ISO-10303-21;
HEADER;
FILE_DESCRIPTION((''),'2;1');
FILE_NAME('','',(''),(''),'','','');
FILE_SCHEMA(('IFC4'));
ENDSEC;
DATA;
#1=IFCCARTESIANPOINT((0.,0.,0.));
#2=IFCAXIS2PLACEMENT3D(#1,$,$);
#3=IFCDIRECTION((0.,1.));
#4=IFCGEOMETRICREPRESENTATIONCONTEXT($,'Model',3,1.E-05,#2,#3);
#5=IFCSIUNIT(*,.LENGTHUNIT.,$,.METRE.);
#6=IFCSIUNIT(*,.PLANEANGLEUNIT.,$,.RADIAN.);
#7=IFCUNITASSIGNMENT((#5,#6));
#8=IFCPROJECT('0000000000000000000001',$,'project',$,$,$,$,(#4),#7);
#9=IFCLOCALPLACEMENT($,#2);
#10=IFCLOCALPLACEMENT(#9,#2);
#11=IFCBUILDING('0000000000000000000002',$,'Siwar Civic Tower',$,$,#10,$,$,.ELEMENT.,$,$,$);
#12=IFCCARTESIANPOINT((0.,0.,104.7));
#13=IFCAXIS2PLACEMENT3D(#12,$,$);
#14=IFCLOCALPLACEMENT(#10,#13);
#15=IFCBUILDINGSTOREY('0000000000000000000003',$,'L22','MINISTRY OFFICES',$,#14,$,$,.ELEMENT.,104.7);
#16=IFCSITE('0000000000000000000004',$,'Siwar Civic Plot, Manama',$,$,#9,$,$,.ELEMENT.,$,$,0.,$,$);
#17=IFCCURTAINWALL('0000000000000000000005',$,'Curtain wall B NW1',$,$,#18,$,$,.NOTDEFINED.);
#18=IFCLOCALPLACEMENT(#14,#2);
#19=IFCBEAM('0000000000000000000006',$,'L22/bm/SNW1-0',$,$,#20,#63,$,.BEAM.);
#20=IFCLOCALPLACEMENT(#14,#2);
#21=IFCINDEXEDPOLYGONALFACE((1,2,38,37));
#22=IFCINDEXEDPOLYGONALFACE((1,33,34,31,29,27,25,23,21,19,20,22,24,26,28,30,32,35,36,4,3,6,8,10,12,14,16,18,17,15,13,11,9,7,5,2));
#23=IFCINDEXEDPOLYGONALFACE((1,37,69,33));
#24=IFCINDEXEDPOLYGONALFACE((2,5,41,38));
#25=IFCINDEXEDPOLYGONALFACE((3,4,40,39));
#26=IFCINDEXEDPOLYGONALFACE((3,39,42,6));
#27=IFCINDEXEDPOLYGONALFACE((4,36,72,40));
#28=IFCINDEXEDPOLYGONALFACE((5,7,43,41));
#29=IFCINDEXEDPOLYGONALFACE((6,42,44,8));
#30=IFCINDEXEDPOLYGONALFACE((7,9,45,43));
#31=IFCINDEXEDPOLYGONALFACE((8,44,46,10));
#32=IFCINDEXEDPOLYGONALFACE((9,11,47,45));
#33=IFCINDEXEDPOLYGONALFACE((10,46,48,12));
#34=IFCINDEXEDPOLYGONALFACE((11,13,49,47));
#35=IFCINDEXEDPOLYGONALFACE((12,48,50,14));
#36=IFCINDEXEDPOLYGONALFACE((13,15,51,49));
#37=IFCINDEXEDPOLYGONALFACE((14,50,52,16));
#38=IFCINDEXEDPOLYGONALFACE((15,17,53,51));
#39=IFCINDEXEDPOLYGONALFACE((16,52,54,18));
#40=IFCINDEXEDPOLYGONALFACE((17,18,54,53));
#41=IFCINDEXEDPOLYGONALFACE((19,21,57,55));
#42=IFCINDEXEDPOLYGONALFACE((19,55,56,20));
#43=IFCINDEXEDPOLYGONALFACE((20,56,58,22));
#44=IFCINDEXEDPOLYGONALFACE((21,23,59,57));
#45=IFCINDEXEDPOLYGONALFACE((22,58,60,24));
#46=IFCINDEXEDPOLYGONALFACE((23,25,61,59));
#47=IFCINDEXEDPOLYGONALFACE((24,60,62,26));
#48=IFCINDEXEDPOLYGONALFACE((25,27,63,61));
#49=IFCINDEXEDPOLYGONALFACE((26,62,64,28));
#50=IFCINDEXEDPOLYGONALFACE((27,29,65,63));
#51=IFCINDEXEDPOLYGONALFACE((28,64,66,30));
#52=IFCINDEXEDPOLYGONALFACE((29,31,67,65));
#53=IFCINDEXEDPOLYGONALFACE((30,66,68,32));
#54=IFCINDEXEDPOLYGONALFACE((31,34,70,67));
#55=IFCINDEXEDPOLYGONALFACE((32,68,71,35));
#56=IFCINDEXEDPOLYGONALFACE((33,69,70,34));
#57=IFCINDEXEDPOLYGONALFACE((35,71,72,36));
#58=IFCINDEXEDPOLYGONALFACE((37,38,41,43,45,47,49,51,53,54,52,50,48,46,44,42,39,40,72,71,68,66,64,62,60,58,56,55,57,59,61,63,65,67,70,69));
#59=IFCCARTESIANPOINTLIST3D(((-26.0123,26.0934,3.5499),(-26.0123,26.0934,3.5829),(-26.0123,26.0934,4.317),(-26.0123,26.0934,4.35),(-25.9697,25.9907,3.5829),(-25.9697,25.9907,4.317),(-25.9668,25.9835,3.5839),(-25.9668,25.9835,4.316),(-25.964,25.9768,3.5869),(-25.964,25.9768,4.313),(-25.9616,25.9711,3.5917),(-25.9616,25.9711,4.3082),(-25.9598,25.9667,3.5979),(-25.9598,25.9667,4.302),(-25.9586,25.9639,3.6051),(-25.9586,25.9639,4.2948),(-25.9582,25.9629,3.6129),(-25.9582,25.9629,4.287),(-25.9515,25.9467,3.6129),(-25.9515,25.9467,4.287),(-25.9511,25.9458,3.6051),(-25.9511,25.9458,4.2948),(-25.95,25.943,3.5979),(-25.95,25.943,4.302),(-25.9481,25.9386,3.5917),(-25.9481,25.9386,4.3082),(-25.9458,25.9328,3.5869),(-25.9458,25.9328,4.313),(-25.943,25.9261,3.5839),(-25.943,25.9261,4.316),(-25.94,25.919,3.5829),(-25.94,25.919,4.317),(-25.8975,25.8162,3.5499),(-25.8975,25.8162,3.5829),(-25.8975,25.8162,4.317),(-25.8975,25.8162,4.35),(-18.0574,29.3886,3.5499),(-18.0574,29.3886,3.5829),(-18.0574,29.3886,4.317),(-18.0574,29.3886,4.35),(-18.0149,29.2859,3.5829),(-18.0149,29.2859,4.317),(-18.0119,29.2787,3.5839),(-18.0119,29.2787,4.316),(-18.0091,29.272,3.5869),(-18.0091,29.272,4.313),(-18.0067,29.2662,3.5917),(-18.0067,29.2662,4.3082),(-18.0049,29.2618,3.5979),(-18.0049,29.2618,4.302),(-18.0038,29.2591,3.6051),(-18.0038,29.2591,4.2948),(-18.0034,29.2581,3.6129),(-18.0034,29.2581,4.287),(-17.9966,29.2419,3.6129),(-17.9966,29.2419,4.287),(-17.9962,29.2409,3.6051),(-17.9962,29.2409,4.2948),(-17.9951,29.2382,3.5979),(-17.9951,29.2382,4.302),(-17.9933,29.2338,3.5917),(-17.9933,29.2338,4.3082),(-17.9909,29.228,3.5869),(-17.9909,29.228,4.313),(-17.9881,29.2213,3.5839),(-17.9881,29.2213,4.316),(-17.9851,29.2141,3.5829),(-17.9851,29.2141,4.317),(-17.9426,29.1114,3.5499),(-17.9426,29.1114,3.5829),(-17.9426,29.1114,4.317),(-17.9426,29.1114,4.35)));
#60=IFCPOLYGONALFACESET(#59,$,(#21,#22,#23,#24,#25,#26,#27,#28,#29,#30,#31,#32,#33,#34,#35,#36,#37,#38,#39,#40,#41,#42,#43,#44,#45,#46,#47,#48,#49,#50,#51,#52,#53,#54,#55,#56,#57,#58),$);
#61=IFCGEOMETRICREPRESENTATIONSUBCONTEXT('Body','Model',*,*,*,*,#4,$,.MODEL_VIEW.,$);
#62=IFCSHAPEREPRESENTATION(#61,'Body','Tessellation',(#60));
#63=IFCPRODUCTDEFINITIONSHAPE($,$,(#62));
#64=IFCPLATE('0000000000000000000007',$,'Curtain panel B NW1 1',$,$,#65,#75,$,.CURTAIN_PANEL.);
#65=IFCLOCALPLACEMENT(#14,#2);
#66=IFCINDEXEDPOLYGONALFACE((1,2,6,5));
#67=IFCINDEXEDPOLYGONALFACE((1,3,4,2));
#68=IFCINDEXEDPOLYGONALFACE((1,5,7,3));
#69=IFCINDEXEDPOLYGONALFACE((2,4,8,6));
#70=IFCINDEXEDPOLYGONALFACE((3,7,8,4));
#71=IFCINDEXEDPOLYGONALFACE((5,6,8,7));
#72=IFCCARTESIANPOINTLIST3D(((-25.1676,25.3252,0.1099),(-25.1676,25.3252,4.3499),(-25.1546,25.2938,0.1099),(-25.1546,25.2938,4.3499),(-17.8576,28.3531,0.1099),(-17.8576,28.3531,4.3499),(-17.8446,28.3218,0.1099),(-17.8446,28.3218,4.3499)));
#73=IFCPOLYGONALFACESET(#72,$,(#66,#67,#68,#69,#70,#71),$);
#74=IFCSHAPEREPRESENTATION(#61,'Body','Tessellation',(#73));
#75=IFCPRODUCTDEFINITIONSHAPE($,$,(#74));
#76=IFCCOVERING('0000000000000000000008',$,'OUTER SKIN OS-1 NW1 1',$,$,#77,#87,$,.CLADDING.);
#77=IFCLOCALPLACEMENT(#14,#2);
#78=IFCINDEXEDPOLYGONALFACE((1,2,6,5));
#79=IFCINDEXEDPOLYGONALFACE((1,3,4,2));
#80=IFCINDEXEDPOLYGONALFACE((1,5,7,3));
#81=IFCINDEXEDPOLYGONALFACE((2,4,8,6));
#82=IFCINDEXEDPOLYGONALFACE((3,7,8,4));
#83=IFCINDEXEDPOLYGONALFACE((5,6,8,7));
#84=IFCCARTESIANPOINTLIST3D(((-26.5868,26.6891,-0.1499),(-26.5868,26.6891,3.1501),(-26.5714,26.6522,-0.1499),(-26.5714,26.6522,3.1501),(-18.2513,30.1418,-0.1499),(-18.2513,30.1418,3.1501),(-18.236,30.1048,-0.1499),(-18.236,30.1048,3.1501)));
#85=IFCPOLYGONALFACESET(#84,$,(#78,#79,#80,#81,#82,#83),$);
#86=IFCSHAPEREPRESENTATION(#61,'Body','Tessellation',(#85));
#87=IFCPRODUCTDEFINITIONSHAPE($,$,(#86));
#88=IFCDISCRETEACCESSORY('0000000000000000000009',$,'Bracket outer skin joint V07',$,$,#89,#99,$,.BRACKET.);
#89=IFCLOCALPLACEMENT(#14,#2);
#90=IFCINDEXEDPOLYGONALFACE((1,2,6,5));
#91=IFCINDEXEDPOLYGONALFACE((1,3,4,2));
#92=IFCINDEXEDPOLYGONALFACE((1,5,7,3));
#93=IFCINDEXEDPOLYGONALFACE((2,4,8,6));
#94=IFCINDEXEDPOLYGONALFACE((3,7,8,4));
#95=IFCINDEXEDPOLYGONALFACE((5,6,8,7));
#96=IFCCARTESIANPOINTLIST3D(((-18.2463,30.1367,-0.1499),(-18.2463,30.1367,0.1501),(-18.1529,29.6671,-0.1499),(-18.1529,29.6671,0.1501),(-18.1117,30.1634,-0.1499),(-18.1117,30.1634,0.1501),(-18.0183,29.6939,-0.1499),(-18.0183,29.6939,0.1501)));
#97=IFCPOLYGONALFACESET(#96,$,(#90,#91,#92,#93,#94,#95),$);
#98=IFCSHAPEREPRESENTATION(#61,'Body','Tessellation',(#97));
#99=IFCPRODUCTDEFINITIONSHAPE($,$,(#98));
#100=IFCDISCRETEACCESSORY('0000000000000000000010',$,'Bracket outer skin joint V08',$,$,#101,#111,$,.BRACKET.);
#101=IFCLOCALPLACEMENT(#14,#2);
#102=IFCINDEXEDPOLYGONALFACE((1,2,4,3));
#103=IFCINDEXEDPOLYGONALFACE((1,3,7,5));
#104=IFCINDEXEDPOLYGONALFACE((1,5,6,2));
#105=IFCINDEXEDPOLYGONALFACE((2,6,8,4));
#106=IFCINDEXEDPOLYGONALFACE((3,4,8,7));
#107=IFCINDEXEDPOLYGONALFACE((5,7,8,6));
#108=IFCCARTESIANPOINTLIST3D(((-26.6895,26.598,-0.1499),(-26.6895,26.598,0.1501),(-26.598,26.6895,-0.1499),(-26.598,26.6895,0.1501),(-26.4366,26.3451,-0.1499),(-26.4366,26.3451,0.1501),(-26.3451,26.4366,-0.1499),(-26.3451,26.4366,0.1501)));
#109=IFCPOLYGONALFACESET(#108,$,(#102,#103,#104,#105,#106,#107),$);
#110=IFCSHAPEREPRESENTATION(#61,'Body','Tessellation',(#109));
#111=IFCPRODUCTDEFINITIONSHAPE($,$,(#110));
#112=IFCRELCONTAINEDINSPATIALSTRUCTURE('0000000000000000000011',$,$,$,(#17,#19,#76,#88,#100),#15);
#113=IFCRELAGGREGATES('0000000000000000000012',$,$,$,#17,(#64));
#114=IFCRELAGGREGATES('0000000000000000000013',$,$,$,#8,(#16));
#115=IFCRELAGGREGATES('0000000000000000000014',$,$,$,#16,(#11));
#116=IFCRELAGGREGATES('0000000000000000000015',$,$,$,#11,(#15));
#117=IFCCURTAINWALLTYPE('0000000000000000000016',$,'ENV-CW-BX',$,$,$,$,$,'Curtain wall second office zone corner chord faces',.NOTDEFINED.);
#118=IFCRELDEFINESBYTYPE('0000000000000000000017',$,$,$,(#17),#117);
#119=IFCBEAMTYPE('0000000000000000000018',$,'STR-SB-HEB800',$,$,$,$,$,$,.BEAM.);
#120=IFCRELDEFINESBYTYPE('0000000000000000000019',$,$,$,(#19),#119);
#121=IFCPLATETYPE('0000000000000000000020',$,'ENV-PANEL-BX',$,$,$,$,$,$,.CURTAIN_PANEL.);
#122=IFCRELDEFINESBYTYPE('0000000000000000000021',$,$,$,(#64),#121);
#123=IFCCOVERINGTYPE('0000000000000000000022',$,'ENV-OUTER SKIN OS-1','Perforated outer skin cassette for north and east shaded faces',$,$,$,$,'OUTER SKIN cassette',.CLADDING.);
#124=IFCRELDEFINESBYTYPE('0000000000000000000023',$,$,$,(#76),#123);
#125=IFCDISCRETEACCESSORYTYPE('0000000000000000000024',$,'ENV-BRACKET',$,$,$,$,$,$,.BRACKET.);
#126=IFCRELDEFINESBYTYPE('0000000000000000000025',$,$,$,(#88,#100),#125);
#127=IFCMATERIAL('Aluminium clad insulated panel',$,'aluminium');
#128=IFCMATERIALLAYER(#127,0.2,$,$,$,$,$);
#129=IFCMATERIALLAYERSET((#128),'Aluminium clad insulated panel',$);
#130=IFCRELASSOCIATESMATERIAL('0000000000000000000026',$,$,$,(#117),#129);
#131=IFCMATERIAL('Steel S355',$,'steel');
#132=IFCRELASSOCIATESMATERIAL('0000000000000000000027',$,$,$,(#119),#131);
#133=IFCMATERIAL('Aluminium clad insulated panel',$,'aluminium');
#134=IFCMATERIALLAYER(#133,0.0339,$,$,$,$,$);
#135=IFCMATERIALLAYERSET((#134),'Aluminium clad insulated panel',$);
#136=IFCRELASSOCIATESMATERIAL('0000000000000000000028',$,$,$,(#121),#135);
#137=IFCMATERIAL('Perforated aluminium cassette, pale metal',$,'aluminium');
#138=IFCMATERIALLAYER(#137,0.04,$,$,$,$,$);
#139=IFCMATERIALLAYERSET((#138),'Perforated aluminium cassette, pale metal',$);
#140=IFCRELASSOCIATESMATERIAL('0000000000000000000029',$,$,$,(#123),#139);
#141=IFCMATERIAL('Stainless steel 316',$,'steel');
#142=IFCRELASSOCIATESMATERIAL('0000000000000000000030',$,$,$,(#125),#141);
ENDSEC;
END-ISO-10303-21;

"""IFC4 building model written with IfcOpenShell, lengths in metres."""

from ifc_helpers import new_model, si_unit, direction, frame, origin, origin_2d, place, context, subcontext, project, spatial, rectangle, i_section, extrude, material, layer, layer_set, material_profile, profile_set, type_object, element, aggregate, save


model = new_model("IFC4")

# Units and contexts
model_context = context("Model", 3, precision=1e-05, world=origin(), true_north=direction((0.0, 1.0)))
body_context = subcontext(model_context, "Body", "Model", "MODEL_VIEW")
ifc_project = project(units=[si_unit("LENGTHUNIT", "METRE"), si_unit("PLANEANGLEUNIT", "RADIAN")], contexts=[model_context])

# Site, building, storey
site_placement = place(None, origin())
site = spatial("IfcSite", under=ifc_project, at=site_placement, Name="Siwar Civic Plot, Manama", CompositionType="ELEMENT", RefElevation=0.0)
building_placement = place(site_placement, origin())
building = spatial("IfcBuilding", under=site, at=building_placement, Name="Siwar Civic Tower", CompositionType="ELEMENT")
storey_placement = place(building_placement, frame((0.0, 0.0, 104.7)))
storey = spatial("IfcBuildingStorey", under=building, at=storey_placement, Name="L22", Description="MINISTRY OFFICES", CompositionType="ELEMENT", Elevation=104.7)

# Curtain wall
ifc_material_1 = material(Name="Aluminium clad insulated panel", Category="aluminium")
ifc_layer_1 = layer(ifc_material_1, 0.2)
ifc_layer_set_1 = layer_set([ifc_layer_1], Name="Aluminium clad insulated panel")
curtain_wall_type = type_object("IfcCurtainWallType", Name="ENV-CW-BX", ElementType="Curtain wall second office zone corner chord faces", PredefinedType="NOTDEFINED", material=ifc_layer_set_1)
curtain_wall_placement = place(storey_placement, origin())
curtain_wall = element("IfcCurtainWall", 1, at=curtain_wall_placement, inside=storey, type_object=curtain_wall_type, Name="Curtain wall B NW1", PredefinedType="NOTDEFINED")

# Beam
ifc_material_2 = material(Name="Steel S355", Category="steel")
ifc_material_profile_1 = material_profile(ifc_material_2, i_section(OverallWidth=0.3, OverallDepth=0.8, WebThickness=0.0176, FlangeThickness=0.033, FilletRadius=0.03, at=origin_2d()), Name="HEB800")
ifc_profile_set_1 = profile_set([ifc_material_profile_1], Name="Steel S355")
beam_type_1 = type_object("IfcBeamType", Name="STR-SB-HEB800", PredefinedType="BEAM", material=ifc_profile_set_1)
beam_1_placement = place(storey_placement, frame((-18.0, 29.25, 3.95), z_axis=(-0.923873, -0.3827, 0.0), x_axis=(0.3827, -0.923873, 0.0)))
element("IfcBeam", 2, at=beam_1_placement, inside=storey, type_object=beam_type_1, Name="L22/bm/SNW1-0", PredefinedType="BEAM", context=body_context, shape_type="SweptSolid", body=[
    extrude(i_section(OverallWidth=0.3, OverallDepth=0.8, WebThickness=0.0176, FlangeThickness=0.033, FilletRadius=0.03, at=origin_2d()), origin(), (0.0, 0.0, 1.0), 8.6104),
])

# Plate
ifc_material_3 = material(Name="Aluminium clad insulated panel", Category="aluminium")
ifc_layer_2 = layer(ifc_material_3, 0.0339)
ifc_layer_set_2 = layer_set([ifc_layer_2], Name="Aluminium clad insulated panel")
plate_type = type_object("IfcPlateType", Name="ENV-PANEL-BX", PredefinedType="CURTAIN_PANEL", material=ifc_layer_set_2)
plate_placement = place(storey_placement, frame((-21.5061, 26.8235, 0.1099), z_axis=(0.0, 0.0, 1.0), x_axis=(-0.92388, -0.382683, 0.0)))
plate = element("IfcPlate", 3, at=plate_placement, type_object=plate_type, Name="Curtain panel B NW1 1", PredefinedType="CURTAIN_PANEL", context=body_context, shape_type="SweptSolid", body=[
    extrude(rectangle(XDim=7.9124, YDim=0.0339, at=origin_2d()), origin(), (0.0, 0.0, 1.0), 4.24),
])
aggregate(curtain_wall, [plate])

# Covering
ifc_material_4 = material(Name="Perforated aluminium cassette, pale metal", Category="aluminium")
ifc_layer_3 = layer(ifc_material_4, 0.04)
ifc_layer_set_3 = layer_set([ifc_layer_3], Name="Perforated aluminium cassette, pale metal")
covering_type = type_object("IfcCoveringType", Name="ENV-OUTER SKIN OS-1", Description="Perforated outer skin cassette for north and east shaded faces", ElementType="OUTER SKIN cassette", PredefinedType="CLADDING", material=ifc_layer_set_3)
covering_placement = place(storey_placement, frame((-22.4114, 28.397, -0.1499), z_axis=(0.0, 0.0, 1.0), x_axis=(-0.92388, -0.382683, 0.0)))
element("IfcCovering", 4, at=covering_placement, inside=storey, type_object=covering_type, Name="OUTER SKIN OS-1 NW1 1", PredefinedType="CLADDING", context=body_context, shape_type="SweptSolid", body=[
    extrude(rectangle(XDim=9.0222, YDim=0.04, at=origin_2d()), origin(), (0.0, 0.0, 1.0), 3.3),
])

# Discrete accessories
ifc_material_5 = material(Name="Stainless steel 316", Category="steel")
discrete_accessory_type = type_object("IfcDiscreteAccessoryType", Name="ENV-BRACKET", PredefinedType="BRACKET", material=ifc_material_5)
discrete_accessory_1_placement = place(storey_placement, frame((-18.1323, 29.9153, -0.1499), z_axis=(0.0, 0.0, 1.0), x_axis=(-0.19509, 0.980785, 0.0)))
element("IfcDiscreteAccessory", 5, at=discrete_accessory_1_placement, inside=storey, type_object=discrete_accessory_type, Name="Bracket outer skin joint V07", PredefinedType="BRACKET", context=body_context, shape_type="SweptSolid", body=[
    extrude(rectangle(XDim=0.4788, YDim=0.1372, at=origin_2d()), origin(), (0.0, 0.0, 1.0), 0.3),
])
discrete_accessory_2_placement = place(storey_placement, frame((-26.5173, 26.5173, -0.1499), z_axis=(0.0, 0.0, 1.0), x_axis=(-0.707107, 0.707107, 0.0)))
element("IfcDiscreteAccessory", 6, at=discrete_accessory_2_placement, inside=storey, type_object=discrete_accessory_type, Name="Bracket outer skin joint V08", PredefinedType="BRACKET", context=body_context, shape_type="SweptSolid", body=[
    extrude(rectangle(XDim=0.3577, YDim=0.1294, at=origin_2d()), origin(), (0.0, 0.0, 1.0), 0.3),
])

save(model, "model.ifc")
